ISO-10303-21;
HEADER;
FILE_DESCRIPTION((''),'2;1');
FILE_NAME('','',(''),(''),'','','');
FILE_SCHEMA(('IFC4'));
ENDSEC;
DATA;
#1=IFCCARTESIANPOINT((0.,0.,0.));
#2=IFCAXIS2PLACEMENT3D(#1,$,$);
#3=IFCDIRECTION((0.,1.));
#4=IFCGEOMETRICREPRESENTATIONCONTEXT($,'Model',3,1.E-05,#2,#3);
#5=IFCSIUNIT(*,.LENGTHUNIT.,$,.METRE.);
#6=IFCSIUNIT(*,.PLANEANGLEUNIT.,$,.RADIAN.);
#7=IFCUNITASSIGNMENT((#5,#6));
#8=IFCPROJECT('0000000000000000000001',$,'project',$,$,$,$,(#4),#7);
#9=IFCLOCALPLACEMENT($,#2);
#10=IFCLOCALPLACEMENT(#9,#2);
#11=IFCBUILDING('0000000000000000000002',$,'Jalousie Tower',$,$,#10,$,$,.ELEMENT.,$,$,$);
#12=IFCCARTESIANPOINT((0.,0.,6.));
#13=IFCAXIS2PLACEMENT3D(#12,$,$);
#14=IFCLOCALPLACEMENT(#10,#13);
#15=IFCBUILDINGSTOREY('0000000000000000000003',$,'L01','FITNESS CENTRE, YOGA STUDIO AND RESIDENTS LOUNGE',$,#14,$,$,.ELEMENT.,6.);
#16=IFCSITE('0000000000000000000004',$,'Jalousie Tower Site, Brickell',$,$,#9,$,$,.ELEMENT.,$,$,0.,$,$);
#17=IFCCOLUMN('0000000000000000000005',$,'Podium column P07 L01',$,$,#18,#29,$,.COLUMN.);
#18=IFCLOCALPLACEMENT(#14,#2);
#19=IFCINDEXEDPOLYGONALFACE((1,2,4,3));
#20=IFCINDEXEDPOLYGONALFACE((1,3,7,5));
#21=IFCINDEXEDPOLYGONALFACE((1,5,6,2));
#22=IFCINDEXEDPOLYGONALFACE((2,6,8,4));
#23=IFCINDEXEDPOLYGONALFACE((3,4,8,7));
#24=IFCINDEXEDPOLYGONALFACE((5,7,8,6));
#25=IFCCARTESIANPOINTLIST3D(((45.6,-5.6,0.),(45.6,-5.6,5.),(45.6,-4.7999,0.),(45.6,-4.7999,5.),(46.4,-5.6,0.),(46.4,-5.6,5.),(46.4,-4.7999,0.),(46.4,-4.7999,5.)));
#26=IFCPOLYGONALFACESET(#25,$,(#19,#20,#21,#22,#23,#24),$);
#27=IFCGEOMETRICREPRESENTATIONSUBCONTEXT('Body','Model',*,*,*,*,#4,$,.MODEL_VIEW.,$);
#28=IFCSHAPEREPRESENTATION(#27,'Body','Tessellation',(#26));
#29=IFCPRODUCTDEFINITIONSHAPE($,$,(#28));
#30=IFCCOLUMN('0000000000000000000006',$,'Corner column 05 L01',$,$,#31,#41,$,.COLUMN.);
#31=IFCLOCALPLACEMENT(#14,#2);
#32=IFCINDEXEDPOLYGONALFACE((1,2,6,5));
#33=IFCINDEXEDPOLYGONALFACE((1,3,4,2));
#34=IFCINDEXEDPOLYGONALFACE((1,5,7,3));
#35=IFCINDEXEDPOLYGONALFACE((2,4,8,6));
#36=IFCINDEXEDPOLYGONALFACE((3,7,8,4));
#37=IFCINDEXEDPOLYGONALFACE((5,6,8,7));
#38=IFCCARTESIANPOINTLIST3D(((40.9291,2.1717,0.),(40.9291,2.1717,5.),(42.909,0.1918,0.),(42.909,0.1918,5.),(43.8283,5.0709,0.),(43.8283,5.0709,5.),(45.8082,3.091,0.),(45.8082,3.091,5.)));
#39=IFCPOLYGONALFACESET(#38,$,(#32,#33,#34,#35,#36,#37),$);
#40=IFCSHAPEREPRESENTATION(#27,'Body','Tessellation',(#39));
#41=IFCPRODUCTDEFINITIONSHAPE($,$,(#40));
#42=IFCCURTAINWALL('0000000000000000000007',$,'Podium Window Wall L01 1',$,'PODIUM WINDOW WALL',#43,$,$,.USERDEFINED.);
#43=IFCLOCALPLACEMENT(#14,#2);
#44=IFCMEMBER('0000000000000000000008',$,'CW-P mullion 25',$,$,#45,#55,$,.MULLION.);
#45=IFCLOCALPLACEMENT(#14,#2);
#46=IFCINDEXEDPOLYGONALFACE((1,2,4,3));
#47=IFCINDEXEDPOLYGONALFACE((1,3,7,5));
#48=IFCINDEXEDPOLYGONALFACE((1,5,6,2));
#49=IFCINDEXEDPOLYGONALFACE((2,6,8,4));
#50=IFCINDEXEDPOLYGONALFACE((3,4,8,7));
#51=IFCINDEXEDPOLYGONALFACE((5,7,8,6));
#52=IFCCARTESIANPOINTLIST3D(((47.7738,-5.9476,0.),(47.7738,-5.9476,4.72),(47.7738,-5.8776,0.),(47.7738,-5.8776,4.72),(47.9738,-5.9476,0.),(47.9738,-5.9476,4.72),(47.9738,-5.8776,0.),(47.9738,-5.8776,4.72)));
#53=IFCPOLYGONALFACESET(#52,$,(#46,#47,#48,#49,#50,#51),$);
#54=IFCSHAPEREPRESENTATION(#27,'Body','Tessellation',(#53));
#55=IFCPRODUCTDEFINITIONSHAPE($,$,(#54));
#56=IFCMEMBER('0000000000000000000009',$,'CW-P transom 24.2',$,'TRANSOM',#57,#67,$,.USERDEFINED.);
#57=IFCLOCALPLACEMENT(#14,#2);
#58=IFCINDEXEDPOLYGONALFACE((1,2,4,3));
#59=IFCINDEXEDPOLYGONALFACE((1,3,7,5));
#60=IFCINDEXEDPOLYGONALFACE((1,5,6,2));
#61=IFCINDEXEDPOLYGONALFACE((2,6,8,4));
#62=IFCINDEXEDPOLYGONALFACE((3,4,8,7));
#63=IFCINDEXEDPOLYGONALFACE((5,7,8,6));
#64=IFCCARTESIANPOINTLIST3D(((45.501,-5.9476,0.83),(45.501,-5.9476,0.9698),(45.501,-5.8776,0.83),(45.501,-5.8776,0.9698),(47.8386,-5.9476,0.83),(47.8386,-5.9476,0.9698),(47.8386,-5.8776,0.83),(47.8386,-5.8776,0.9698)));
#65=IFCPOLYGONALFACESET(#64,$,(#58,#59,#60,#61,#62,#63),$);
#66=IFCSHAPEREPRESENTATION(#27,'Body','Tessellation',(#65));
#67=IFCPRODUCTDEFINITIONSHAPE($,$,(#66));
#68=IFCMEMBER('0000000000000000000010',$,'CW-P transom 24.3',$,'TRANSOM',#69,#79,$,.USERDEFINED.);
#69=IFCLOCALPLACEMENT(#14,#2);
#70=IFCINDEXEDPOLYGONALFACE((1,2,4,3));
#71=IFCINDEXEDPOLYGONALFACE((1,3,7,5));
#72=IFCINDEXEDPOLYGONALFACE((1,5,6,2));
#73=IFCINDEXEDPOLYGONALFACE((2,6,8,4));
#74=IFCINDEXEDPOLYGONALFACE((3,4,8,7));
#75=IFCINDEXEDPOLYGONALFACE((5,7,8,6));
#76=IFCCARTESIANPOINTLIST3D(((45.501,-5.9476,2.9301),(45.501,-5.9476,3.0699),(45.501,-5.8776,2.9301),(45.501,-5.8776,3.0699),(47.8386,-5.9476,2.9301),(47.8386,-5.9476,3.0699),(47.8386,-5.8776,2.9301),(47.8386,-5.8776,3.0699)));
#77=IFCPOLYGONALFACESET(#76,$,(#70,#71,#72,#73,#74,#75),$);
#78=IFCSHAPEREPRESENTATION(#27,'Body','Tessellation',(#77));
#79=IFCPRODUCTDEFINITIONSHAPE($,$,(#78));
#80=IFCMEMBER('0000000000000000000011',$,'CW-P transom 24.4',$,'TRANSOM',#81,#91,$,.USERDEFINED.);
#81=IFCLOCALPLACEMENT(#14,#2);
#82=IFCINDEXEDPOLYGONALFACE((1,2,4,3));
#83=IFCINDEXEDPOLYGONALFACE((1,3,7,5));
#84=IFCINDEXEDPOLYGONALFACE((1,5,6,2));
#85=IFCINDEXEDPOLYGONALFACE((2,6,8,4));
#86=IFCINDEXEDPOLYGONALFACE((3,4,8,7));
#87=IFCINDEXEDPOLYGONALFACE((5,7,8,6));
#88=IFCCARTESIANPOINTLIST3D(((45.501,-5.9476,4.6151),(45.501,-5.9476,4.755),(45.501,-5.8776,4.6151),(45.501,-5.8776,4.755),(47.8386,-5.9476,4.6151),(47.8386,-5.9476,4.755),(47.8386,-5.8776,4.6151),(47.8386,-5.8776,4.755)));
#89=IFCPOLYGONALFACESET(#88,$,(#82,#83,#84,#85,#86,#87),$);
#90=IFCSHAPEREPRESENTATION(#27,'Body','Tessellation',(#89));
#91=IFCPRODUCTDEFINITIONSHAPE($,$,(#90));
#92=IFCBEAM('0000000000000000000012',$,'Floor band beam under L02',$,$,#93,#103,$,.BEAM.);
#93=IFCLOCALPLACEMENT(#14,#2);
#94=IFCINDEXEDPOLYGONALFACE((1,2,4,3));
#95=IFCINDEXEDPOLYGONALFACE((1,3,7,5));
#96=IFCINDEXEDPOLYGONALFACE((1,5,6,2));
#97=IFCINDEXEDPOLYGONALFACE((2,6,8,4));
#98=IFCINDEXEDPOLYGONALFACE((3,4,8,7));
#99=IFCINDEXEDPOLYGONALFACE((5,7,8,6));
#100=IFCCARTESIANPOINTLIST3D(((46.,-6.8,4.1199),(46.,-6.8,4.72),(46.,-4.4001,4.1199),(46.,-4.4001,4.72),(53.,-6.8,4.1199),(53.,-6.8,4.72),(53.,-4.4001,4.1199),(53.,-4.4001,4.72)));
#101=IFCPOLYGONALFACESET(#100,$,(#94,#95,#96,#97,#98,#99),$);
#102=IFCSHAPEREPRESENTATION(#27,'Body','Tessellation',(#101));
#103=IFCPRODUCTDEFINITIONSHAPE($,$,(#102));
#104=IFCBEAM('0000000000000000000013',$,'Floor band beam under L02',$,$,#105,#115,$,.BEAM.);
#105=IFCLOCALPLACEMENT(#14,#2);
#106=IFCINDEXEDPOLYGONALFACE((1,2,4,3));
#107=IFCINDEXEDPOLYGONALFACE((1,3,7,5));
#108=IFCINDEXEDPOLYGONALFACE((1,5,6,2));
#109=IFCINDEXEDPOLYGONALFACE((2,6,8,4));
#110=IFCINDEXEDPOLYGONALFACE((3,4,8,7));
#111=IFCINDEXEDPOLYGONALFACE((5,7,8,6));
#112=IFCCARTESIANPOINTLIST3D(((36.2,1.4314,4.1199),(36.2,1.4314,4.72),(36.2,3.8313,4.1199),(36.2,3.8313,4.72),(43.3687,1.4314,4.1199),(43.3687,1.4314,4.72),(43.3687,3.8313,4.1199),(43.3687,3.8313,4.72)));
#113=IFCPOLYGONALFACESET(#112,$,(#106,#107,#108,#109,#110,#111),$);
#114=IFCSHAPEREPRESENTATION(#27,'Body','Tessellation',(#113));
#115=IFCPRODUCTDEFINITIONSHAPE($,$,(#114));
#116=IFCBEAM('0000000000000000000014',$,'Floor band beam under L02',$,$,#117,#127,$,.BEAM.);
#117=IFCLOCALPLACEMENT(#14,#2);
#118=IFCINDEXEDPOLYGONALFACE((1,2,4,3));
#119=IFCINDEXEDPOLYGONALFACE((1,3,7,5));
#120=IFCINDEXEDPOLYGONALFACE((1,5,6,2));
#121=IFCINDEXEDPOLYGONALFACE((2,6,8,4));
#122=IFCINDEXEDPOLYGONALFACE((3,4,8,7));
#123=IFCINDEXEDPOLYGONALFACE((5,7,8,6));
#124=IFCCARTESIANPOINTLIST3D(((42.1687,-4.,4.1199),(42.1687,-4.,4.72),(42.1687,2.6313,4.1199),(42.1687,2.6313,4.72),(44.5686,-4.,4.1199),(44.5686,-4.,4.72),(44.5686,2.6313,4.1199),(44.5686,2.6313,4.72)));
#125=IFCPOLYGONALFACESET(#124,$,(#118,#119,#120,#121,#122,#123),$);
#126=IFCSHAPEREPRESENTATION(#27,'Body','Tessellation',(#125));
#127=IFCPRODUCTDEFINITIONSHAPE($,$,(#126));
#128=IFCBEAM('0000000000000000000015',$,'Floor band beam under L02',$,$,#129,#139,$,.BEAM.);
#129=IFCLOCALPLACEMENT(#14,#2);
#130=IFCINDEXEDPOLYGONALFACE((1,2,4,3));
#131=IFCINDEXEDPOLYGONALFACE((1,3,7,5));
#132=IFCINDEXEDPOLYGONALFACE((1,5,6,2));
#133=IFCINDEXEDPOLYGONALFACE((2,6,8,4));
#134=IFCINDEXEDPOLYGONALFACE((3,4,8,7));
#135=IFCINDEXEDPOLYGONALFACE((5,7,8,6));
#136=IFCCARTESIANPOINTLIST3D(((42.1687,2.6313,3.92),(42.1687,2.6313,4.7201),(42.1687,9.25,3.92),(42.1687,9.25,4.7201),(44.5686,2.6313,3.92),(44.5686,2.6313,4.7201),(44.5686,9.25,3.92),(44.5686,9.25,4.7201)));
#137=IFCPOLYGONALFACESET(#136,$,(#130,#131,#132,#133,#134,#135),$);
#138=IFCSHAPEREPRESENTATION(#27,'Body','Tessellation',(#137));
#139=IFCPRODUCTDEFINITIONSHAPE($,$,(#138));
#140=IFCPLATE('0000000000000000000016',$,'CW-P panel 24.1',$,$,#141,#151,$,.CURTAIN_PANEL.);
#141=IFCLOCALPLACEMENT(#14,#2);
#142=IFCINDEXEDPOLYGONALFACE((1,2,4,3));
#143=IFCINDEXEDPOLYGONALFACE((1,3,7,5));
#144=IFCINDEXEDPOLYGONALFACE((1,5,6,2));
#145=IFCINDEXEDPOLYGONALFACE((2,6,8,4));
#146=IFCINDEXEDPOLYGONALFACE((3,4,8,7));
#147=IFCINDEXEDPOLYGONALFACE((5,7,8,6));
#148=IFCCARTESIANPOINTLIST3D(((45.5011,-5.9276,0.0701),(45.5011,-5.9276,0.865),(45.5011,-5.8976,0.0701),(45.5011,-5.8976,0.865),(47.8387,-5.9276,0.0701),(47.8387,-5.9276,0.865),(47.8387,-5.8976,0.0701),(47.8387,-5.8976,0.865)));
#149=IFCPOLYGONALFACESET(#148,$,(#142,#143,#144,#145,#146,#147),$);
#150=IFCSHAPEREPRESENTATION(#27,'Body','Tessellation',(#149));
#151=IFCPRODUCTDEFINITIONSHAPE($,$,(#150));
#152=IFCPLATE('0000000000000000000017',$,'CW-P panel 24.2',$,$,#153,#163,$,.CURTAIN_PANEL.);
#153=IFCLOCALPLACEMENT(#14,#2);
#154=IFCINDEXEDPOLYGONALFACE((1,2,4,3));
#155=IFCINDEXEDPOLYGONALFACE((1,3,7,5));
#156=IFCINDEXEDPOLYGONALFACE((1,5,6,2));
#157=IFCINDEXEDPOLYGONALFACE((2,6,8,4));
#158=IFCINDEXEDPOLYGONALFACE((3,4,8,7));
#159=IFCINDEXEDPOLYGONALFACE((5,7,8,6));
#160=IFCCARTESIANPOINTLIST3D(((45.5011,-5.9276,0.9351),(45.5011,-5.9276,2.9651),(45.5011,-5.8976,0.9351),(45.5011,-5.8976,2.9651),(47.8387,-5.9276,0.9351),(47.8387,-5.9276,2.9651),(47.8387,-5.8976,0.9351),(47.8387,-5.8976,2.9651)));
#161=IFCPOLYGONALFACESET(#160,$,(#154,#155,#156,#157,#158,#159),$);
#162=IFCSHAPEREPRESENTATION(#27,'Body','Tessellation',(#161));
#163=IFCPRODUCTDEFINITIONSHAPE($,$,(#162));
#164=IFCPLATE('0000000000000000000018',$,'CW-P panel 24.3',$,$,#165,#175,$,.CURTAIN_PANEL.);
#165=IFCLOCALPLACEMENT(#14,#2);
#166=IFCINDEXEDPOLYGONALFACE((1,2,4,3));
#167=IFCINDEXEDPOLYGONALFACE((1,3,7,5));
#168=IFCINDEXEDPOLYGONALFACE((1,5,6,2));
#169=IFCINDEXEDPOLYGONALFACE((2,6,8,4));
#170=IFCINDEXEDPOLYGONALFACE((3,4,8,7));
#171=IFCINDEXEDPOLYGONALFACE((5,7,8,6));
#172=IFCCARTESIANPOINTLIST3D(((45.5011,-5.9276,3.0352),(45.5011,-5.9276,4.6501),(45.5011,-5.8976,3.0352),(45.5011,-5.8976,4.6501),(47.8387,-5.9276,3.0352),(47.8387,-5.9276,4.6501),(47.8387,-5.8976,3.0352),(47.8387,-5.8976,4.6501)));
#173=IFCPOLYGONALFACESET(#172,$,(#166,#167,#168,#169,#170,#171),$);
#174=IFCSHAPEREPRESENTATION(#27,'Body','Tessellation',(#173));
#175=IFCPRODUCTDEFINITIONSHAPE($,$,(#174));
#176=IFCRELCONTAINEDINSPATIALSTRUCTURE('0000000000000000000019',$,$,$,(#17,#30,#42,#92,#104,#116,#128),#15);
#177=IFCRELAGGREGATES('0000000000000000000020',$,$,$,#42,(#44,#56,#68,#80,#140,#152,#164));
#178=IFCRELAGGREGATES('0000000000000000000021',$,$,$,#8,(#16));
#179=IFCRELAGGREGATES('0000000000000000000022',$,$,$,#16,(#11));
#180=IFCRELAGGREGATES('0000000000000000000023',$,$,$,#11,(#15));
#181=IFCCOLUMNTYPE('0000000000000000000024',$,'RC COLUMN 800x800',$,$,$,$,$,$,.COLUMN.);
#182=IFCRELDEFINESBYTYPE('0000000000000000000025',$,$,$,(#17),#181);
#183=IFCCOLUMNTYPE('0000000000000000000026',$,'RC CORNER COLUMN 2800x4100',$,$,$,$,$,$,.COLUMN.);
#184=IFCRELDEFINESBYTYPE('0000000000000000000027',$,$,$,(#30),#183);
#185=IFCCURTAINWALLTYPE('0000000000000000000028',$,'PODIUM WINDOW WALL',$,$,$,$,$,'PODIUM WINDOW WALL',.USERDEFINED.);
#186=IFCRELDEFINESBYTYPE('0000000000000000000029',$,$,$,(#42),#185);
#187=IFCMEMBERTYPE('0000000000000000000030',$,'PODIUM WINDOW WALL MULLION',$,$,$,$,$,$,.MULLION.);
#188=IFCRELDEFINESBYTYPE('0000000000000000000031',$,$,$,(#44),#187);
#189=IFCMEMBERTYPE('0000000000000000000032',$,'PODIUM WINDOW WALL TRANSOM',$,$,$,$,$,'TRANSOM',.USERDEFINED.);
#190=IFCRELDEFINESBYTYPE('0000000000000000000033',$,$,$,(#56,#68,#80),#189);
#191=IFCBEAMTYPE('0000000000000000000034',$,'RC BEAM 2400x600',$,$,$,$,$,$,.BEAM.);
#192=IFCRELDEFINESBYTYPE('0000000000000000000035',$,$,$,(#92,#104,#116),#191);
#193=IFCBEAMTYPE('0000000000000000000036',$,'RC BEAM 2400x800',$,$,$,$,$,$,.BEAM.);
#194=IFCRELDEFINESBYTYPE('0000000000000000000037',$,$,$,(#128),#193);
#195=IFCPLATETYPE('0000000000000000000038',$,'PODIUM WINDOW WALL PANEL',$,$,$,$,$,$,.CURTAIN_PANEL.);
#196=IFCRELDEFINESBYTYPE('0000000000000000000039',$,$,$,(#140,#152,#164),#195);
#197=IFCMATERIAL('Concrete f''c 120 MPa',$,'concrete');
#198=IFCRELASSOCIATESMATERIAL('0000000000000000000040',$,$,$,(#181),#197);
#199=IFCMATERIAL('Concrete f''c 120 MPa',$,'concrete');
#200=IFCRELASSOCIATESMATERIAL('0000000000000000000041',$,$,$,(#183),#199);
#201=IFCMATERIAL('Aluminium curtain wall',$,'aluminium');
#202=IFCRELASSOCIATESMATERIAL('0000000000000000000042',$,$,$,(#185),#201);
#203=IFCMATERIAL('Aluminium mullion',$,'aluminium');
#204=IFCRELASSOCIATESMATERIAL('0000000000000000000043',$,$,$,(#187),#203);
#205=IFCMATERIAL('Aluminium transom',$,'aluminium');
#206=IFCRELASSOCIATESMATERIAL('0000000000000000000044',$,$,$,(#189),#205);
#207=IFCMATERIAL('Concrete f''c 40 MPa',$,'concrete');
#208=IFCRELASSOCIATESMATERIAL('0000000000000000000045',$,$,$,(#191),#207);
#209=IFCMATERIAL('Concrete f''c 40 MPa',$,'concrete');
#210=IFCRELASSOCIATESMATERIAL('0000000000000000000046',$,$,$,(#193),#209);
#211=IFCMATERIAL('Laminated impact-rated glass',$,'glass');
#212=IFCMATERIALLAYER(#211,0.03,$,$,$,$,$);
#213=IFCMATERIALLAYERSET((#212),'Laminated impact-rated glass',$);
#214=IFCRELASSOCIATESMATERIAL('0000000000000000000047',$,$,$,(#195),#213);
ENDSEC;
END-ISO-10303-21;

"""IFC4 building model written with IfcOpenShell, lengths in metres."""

from ifc_helpers import new_model, si_unit, direction, frame, origin, origin_2d, place, context, subcontext, project, spatial, rectangle, extrude, material, layer, layer_set, material_profile, profile_set, type_object, element, aggregate, save


model = new_model("IFC4")

# Units and contexts
model_context = context("Model", 3, precision=1e-05, world=origin(), true_north=direction((0.0, 1.0)))
body_context = subcontext(model_context, "Body", "Model", "MODEL_VIEW")
ifc_project = project(units=[si_unit("LENGTHUNIT", "METRE"), si_unit("PLANEANGLEUNIT", "RADIAN")], contexts=[model_context])

# Site, building, storey
site_placement = place(None, origin())
site = spatial("IfcSite", under=ifc_project, at=site_placement, Name="Jalousie Tower Site, Brickell", CompositionType="ELEMENT", RefElevation=0.0)
building_placement = place(site_placement, origin())
building = spatial("IfcBuilding", under=site, at=building_placement, Name="Jalousie Tower", CompositionType="ELEMENT")
storey_placement = place(building_placement, frame((0.0, 0.0, 6.0)))
storey = spatial("IfcBuildingStorey", under=building, at=storey_placement, Name="L01", Description="FITNESS CENTRE, YOGA STUDIO AND RESIDENTS LOUNGE", CompositionType="ELEMENT", Elevation=6.0)

# Columns
ifc_material_1 = material(Name="Concrete f'c 120 MPa", Category="concrete")
ifc_material_profile_1 = material_profile(ifc_material_1, rectangle(XDim=0.8, YDim=0.8, at=origin_2d()), Name="RC 800x800")
ifc_profile_set_1 = profile_set([ifc_material_profile_1], Name="Concrete f'c 120 MPa")
column_type_1 = type_object("IfcColumnType", Name="RC COLUMN 800x800", PredefinedType="COLUMN", material=ifc_profile_set_1)
column_1_placement = place(storey_placement, frame((46.0, -5.2, 0.0), z_axis=(0.0, 0.0, 1.0), x_axis=(1.0, 0.0, 0.0)))
element("IfcColumn", 1, at=column_1_placement, inside=storey, type_object=column_type_1, Name="Podium column P07 L01", PredefinedType="COLUMN", context=body_context, shape_type="SweptSolid", body=[
    extrude(rectangle(XDim=0.8, YDim=0.8, at=origin_2d()), origin(), (0.0, 0.0, 1.0), 5.0),
])
ifc_material_2 = material(Name="Concrete f'c 120 MPa", Category="concrete")
ifc_material_profile_2 = material_profile(ifc_material_2, rectangle(XDim=2.8, YDim=4.1001, at=origin_2d()), Name="RC 2800x4100")
ifc_profile_set_2 = profile_set([ifc_material_profile_2], Name="Concrete f'c 120 MPa")
column_type_2 = type_object("IfcColumnType", Name="RC CORNER COLUMN 2800x4100", PredefinedType="COLUMN", material=ifc_profile_set_2)
column_2_placement = place(storey_placement, frame((43.3687, 2.6313, 0.0), z_axis=(0.0, 0.0, 1.0), x_axis=(-0.707107, 0.707107, 0.0)))
element("IfcColumn", 2, at=column_2_placement, inside=storey, type_object=column_type_2, Name="Corner column 05 L01", PredefinedType="COLUMN", context=body_context, shape_type="SweptSolid", body=[
    extrude(rectangle(XDim=2.8, YDim=4.1001, at=origin_2d()), origin(), (0.0, 0.0, 1.0), 5.0),
])

# Curtain wall, members
ifc_material_3 = material(Name="Aluminium curtain wall", Category="aluminium")
curtain_wall_type = type_object("IfcCurtainWallType", Name="PODIUM WINDOW WALL", ElementType="PODIUM WINDOW WALL", PredefinedType="USERDEFINED", material=ifc_material_3)
curtain_wall_placement = place(storey_placement, origin())
curtain_wall = element("IfcCurtainWall", 3, at=curtain_wall_placement, inside=storey, type_object=curtain_wall_type, Name="Podium Window Wall L01 1", ObjectType="PODIUM WINDOW WALL", PredefinedType="USERDEFINED")
ifc_material_4 = material(Name="Aluminium mullion", Category="aluminium")
ifc_material_profile_3 = material_profile(ifc_material_4, rectangle(XDim=0.0701, YDim=0.2, at=origin_2d()), Name="MULLION 70x200")
ifc_profile_set_3 = profile_set([ifc_material_profile_3], Name="Aluminium mullion")
member_type_1 = type_object("IfcMemberType", Name="PODIUM WINDOW WALL MULLION", PredefinedType="MULLION", material=ifc_profile_set_3)
member_1_placement = place(storey_placement, frame((47.8738, -5.9126, 0.0), z_axis=(0.0, 0.0, 1.0), x_axis=(0.0, 1.0, 0.0)))
member_1 = element("IfcMember", 4, at=member_1_placement, type_object=member_type_1, Name="CW-P mullion 25", PredefinedType="MULLION", context=body_context, shape_type="SweptSolid", body=[
    extrude(rectangle(XDim=0.0701, YDim=0.2, at=origin_2d()), origin(), (0.0, 0.0, 1.0), 4.72),
])
ifc_material_5 = material(Name="Aluminium transom", Category="aluminium")
ifc_material_profile_4 = material_profile(ifc_material_5, rectangle(XDim=0.0701, YDim=0.1399, at=origin_2d()), Name="TRANSOM 70x140")
ifc_profile_set_4 = profile_set([ifc_material_profile_4], Name="Aluminium transom")
member_type_2 = type_object("IfcMemberType", Name="PODIUM WINDOW WALL TRANSOM", ElementType="TRANSOM", PredefinedType="USERDEFINED", material=ifc_profile_set_4)
member_2_placement = place(storey_placement, frame((45.501, -5.9126, 0.8999), z_axis=(1.0, 0.0, 0.0), x_axis=(0.0, 1.0, 0.0)))
member_2 = element("IfcMember", 5, at=member_2_placement, type_object=member_type_2, Name="CW-P transom 24.2", ObjectType="TRANSOM", PredefinedType="USERDEFINED", context=body_context, shape_type="SweptSolid", body=[
    extrude(rectangle(XDim=0.0701, YDim=0.1399, at=origin_2d()), origin(), (0.0, 0.0, 1.0), 2.3376),
])
member_3_placement = place(storey_placement, frame((45.501, -5.9126, 3.0), z_axis=(1.0, 0.0, 0.0), x_axis=(0.0, 1.0, 0.0)))
member_3 = element("IfcMember", 6, at=member_3_placement, type_object=member_type_2, Name="CW-P transom 24.3", ObjectType="TRANSOM", PredefinedType="USERDEFINED", context=body_context, shape_type="SweptSolid", body=[
    extrude(rectangle(XDim=0.0701, YDim=0.1399, at=origin_2d()), origin(), (0.0, 0.0, 1.0), 2.3376),
])
member_4_placement = place(storey_placement, frame((45.501, -5.9126, 4.6851), z_axis=(1.0, 0.0, 0.0), x_axis=(0.0, 1.0, 0.0)))
member_4 = element("IfcMember", 7, at=member_4_placement, type_object=member_type_2, Name="CW-P transom 24.4", ObjectType="TRANSOM", PredefinedType="USERDEFINED", context=body_context, shape_type="SweptSolid", body=[
    extrude(rectangle(XDim=0.0701, YDim=0.1399, at=origin_2d()), origin(), (0.0, 0.0, 1.0), 2.3376),
])

# Beams
ifc_material_6 = material(Name="Concrete f'c 40 MPa", Category="concrete")
ifc_material_profile_5 = material_profile(ifc_material_6, rectangle(XDim=2.3999, YDim=0.6001, at=origin_2d()), Name="RC 2400x600")
ifc_profile_set_5 = profile_set([ifc_material_profile_5], Name="Concrete f'c 40 MPa")
beam_type_1 = type_object("IfcBeamType", Name="RC BEAM 2400x600", PredefinedType="BEAM", material=ifc_profile_set_5)
beam_1_placement = place(storey_placement, frame((46.0, -5.6001, 4.4199), z_axis=(1.0, 0.0, 0.0), x_axis=(0.0, 1.0, 0.0)))
element("IfcBeam", 8, at=beam_1_placement, inside=storey, type_object=beam_type_1, Name="Floor band beam under L02", PredefinedType="BEAM", context=body_context, shape_type="SweptSolid", body=[
    extrude(rectangle(XDim=2.3999, YDim=0.6001, at=origin_2d()), origin(), (0.0, 0.0, 1.0), 7.0),
])
beam_2_placement = place(storey_placement, frame((43.3687, 2.6313, 4.4199), z_axis=(-1.0, 0.0, 0.0), x_axis=(0.0, -1.0, 0.0)))
element("IfcBeam", 9, at=beam_2_placement, inside=storey, type_object=beam_type_1, Name="Floor band beam under L02", PredefinedType="BEAM", context=body_context, shape_type="SweptSolid", body=[
    extrude(rectangle(XDim=2.3999, YDim=0.6001, at=origin_2d()), origin(), (0.0, 0.0, 1.0), 7.1687),
])
beam_3_placement = place(storey_placement, frame((43.3687, 2.6313, 4.4199), z_axis=(0.0, -1.0, 0.0), x_axis=(1.0, 0.0, 0.0)))
element("IfcBeam", 10, at=beam_3_placement, inside=storey, type_object=beam_type_1, Name="Floor band beam under L02", PredefinedType="BEAM", context=body_context, shape_type="SweptSolid", body=[
    extrude(rectangle(XDim=2.3999, YDim=0.6001, at=origin_2d()), origin(), (0.0, 0.0, 1.0), 6.6313),
])
ifc_material_7 = material(Name="Concrete f'c 40 MPa", Category="concrete")
ifc_material_profile_6 = material_profile(ifc_material_7, rectangle(XDim=2.3999, YDim=0.8, at=origin_2d()), Name="RC 2400x800")
ifc_profile_set_6 = profile_set([ifc_material_profile_6], Name="Concrete f'c 40 MPa")
beam_type_2 = type_object("IfcBeamType", Name="RC BEAM 2400x800", PredefinedType="BEAM", material=ifc_profile_set_6)
beam_4_placement = place(storey_placement, frame((43.3687, 2.6313, 4.3201), z_axis=(0.0, 1.0, 0.0), x_axis=(-1.0, 0.0, 0.0)))
element("IfcBeam", 11, at=beam_4_placement, inside=storey, type_object=beam_type_2, Name="Floor band beam under L02", PredefinedType="BEAM", context=body_context, shape_type="SweptSolid", body=[
    extrude(rectangle(XDim=2.3999, YDim=0.8, at=origin_2d()), origin(), (0.0, 0.0, 1.0), 6.6187),
])

# Plates
ifc_material_8 = material(Name="Laminated impact-rated glass", Category="glass")
ifc_layer_1 = layer(ifc_material_8, 0.03)
ifc_layer_set_1 = layer_set([ifc_layer_1], Name="Laminated impact-rated glass")
plate_type = type_object("IfcPlateType", Name="PODIUM WINDOW WALL PANEL", PredefinedType="CURTAIN_PANEL", material=ifc_layer_set_1)
plate_1_placement = place(storey_placement, frame((46.6699, -5.9126, 0.0701), z_axis=(0.0, 0.0, 1.0), x_axis=(1.0, 0.0, 0.0)))
plate_1 = element("IfcPlate", 12, at=plate_1_placement, type_object=plate_type, Name="CW-P panel 24.1", PredefinedType="CURTAIN_PANEL", context=body_context, shape_type="SweptSolid", body=[
    extrude(rectangle(XDim=2.3376, YDim=0.03, at=origin_2d()), origin(), (0.0, 0.0, 1.0), 0.7949),
])
plate_2_placement = place(storey_placement, frame((46.6699, -5.9126, 0.9351), z_axis=(0.0, 0.0, 1.0), x_axis=(1.0, 0.0, 0.0)))
plate_2 = element("IfcPlate", 13, at=plate_2_placement, type_object=plate_type, Name="CW-P panel 24.2", PredefinedType="CURTAIN_PANEL", context=body_context, shape_type="SweptSolid", body=[
    extrude(rectangle(XDim=2.3376, YDim=0.03, at=origin_2d()), origin(), (0.0, 0.0, 1.0), 2.03),
])
plate_3_placement = place(storey_placement, frame((46.6699, -5.9126, 3.0352), z_axis=(0.0, 0.0, 1.0), x_axis=(1.0, 0.0, 0.0)))
plate_3 = element("IfcPlate", 14, at=plate_3_placement, type_object=plate_type, Name="CW-P panel 24.3", PredefinedType="CURTAIN_PANEL", context=body_context, shape_type="SweptSolid", body=[
    extrude(rectangle(XDim=2.3376, YDim=0.03, at=origin_2d()), origin(), (0.0, 0.0, 1.0), 1.615),
])
aggregate(curtain_wall, [member_1, member_2, member_3, member_4, plate_1, plate_2, plate_3])

save(model, "model.ifc")
